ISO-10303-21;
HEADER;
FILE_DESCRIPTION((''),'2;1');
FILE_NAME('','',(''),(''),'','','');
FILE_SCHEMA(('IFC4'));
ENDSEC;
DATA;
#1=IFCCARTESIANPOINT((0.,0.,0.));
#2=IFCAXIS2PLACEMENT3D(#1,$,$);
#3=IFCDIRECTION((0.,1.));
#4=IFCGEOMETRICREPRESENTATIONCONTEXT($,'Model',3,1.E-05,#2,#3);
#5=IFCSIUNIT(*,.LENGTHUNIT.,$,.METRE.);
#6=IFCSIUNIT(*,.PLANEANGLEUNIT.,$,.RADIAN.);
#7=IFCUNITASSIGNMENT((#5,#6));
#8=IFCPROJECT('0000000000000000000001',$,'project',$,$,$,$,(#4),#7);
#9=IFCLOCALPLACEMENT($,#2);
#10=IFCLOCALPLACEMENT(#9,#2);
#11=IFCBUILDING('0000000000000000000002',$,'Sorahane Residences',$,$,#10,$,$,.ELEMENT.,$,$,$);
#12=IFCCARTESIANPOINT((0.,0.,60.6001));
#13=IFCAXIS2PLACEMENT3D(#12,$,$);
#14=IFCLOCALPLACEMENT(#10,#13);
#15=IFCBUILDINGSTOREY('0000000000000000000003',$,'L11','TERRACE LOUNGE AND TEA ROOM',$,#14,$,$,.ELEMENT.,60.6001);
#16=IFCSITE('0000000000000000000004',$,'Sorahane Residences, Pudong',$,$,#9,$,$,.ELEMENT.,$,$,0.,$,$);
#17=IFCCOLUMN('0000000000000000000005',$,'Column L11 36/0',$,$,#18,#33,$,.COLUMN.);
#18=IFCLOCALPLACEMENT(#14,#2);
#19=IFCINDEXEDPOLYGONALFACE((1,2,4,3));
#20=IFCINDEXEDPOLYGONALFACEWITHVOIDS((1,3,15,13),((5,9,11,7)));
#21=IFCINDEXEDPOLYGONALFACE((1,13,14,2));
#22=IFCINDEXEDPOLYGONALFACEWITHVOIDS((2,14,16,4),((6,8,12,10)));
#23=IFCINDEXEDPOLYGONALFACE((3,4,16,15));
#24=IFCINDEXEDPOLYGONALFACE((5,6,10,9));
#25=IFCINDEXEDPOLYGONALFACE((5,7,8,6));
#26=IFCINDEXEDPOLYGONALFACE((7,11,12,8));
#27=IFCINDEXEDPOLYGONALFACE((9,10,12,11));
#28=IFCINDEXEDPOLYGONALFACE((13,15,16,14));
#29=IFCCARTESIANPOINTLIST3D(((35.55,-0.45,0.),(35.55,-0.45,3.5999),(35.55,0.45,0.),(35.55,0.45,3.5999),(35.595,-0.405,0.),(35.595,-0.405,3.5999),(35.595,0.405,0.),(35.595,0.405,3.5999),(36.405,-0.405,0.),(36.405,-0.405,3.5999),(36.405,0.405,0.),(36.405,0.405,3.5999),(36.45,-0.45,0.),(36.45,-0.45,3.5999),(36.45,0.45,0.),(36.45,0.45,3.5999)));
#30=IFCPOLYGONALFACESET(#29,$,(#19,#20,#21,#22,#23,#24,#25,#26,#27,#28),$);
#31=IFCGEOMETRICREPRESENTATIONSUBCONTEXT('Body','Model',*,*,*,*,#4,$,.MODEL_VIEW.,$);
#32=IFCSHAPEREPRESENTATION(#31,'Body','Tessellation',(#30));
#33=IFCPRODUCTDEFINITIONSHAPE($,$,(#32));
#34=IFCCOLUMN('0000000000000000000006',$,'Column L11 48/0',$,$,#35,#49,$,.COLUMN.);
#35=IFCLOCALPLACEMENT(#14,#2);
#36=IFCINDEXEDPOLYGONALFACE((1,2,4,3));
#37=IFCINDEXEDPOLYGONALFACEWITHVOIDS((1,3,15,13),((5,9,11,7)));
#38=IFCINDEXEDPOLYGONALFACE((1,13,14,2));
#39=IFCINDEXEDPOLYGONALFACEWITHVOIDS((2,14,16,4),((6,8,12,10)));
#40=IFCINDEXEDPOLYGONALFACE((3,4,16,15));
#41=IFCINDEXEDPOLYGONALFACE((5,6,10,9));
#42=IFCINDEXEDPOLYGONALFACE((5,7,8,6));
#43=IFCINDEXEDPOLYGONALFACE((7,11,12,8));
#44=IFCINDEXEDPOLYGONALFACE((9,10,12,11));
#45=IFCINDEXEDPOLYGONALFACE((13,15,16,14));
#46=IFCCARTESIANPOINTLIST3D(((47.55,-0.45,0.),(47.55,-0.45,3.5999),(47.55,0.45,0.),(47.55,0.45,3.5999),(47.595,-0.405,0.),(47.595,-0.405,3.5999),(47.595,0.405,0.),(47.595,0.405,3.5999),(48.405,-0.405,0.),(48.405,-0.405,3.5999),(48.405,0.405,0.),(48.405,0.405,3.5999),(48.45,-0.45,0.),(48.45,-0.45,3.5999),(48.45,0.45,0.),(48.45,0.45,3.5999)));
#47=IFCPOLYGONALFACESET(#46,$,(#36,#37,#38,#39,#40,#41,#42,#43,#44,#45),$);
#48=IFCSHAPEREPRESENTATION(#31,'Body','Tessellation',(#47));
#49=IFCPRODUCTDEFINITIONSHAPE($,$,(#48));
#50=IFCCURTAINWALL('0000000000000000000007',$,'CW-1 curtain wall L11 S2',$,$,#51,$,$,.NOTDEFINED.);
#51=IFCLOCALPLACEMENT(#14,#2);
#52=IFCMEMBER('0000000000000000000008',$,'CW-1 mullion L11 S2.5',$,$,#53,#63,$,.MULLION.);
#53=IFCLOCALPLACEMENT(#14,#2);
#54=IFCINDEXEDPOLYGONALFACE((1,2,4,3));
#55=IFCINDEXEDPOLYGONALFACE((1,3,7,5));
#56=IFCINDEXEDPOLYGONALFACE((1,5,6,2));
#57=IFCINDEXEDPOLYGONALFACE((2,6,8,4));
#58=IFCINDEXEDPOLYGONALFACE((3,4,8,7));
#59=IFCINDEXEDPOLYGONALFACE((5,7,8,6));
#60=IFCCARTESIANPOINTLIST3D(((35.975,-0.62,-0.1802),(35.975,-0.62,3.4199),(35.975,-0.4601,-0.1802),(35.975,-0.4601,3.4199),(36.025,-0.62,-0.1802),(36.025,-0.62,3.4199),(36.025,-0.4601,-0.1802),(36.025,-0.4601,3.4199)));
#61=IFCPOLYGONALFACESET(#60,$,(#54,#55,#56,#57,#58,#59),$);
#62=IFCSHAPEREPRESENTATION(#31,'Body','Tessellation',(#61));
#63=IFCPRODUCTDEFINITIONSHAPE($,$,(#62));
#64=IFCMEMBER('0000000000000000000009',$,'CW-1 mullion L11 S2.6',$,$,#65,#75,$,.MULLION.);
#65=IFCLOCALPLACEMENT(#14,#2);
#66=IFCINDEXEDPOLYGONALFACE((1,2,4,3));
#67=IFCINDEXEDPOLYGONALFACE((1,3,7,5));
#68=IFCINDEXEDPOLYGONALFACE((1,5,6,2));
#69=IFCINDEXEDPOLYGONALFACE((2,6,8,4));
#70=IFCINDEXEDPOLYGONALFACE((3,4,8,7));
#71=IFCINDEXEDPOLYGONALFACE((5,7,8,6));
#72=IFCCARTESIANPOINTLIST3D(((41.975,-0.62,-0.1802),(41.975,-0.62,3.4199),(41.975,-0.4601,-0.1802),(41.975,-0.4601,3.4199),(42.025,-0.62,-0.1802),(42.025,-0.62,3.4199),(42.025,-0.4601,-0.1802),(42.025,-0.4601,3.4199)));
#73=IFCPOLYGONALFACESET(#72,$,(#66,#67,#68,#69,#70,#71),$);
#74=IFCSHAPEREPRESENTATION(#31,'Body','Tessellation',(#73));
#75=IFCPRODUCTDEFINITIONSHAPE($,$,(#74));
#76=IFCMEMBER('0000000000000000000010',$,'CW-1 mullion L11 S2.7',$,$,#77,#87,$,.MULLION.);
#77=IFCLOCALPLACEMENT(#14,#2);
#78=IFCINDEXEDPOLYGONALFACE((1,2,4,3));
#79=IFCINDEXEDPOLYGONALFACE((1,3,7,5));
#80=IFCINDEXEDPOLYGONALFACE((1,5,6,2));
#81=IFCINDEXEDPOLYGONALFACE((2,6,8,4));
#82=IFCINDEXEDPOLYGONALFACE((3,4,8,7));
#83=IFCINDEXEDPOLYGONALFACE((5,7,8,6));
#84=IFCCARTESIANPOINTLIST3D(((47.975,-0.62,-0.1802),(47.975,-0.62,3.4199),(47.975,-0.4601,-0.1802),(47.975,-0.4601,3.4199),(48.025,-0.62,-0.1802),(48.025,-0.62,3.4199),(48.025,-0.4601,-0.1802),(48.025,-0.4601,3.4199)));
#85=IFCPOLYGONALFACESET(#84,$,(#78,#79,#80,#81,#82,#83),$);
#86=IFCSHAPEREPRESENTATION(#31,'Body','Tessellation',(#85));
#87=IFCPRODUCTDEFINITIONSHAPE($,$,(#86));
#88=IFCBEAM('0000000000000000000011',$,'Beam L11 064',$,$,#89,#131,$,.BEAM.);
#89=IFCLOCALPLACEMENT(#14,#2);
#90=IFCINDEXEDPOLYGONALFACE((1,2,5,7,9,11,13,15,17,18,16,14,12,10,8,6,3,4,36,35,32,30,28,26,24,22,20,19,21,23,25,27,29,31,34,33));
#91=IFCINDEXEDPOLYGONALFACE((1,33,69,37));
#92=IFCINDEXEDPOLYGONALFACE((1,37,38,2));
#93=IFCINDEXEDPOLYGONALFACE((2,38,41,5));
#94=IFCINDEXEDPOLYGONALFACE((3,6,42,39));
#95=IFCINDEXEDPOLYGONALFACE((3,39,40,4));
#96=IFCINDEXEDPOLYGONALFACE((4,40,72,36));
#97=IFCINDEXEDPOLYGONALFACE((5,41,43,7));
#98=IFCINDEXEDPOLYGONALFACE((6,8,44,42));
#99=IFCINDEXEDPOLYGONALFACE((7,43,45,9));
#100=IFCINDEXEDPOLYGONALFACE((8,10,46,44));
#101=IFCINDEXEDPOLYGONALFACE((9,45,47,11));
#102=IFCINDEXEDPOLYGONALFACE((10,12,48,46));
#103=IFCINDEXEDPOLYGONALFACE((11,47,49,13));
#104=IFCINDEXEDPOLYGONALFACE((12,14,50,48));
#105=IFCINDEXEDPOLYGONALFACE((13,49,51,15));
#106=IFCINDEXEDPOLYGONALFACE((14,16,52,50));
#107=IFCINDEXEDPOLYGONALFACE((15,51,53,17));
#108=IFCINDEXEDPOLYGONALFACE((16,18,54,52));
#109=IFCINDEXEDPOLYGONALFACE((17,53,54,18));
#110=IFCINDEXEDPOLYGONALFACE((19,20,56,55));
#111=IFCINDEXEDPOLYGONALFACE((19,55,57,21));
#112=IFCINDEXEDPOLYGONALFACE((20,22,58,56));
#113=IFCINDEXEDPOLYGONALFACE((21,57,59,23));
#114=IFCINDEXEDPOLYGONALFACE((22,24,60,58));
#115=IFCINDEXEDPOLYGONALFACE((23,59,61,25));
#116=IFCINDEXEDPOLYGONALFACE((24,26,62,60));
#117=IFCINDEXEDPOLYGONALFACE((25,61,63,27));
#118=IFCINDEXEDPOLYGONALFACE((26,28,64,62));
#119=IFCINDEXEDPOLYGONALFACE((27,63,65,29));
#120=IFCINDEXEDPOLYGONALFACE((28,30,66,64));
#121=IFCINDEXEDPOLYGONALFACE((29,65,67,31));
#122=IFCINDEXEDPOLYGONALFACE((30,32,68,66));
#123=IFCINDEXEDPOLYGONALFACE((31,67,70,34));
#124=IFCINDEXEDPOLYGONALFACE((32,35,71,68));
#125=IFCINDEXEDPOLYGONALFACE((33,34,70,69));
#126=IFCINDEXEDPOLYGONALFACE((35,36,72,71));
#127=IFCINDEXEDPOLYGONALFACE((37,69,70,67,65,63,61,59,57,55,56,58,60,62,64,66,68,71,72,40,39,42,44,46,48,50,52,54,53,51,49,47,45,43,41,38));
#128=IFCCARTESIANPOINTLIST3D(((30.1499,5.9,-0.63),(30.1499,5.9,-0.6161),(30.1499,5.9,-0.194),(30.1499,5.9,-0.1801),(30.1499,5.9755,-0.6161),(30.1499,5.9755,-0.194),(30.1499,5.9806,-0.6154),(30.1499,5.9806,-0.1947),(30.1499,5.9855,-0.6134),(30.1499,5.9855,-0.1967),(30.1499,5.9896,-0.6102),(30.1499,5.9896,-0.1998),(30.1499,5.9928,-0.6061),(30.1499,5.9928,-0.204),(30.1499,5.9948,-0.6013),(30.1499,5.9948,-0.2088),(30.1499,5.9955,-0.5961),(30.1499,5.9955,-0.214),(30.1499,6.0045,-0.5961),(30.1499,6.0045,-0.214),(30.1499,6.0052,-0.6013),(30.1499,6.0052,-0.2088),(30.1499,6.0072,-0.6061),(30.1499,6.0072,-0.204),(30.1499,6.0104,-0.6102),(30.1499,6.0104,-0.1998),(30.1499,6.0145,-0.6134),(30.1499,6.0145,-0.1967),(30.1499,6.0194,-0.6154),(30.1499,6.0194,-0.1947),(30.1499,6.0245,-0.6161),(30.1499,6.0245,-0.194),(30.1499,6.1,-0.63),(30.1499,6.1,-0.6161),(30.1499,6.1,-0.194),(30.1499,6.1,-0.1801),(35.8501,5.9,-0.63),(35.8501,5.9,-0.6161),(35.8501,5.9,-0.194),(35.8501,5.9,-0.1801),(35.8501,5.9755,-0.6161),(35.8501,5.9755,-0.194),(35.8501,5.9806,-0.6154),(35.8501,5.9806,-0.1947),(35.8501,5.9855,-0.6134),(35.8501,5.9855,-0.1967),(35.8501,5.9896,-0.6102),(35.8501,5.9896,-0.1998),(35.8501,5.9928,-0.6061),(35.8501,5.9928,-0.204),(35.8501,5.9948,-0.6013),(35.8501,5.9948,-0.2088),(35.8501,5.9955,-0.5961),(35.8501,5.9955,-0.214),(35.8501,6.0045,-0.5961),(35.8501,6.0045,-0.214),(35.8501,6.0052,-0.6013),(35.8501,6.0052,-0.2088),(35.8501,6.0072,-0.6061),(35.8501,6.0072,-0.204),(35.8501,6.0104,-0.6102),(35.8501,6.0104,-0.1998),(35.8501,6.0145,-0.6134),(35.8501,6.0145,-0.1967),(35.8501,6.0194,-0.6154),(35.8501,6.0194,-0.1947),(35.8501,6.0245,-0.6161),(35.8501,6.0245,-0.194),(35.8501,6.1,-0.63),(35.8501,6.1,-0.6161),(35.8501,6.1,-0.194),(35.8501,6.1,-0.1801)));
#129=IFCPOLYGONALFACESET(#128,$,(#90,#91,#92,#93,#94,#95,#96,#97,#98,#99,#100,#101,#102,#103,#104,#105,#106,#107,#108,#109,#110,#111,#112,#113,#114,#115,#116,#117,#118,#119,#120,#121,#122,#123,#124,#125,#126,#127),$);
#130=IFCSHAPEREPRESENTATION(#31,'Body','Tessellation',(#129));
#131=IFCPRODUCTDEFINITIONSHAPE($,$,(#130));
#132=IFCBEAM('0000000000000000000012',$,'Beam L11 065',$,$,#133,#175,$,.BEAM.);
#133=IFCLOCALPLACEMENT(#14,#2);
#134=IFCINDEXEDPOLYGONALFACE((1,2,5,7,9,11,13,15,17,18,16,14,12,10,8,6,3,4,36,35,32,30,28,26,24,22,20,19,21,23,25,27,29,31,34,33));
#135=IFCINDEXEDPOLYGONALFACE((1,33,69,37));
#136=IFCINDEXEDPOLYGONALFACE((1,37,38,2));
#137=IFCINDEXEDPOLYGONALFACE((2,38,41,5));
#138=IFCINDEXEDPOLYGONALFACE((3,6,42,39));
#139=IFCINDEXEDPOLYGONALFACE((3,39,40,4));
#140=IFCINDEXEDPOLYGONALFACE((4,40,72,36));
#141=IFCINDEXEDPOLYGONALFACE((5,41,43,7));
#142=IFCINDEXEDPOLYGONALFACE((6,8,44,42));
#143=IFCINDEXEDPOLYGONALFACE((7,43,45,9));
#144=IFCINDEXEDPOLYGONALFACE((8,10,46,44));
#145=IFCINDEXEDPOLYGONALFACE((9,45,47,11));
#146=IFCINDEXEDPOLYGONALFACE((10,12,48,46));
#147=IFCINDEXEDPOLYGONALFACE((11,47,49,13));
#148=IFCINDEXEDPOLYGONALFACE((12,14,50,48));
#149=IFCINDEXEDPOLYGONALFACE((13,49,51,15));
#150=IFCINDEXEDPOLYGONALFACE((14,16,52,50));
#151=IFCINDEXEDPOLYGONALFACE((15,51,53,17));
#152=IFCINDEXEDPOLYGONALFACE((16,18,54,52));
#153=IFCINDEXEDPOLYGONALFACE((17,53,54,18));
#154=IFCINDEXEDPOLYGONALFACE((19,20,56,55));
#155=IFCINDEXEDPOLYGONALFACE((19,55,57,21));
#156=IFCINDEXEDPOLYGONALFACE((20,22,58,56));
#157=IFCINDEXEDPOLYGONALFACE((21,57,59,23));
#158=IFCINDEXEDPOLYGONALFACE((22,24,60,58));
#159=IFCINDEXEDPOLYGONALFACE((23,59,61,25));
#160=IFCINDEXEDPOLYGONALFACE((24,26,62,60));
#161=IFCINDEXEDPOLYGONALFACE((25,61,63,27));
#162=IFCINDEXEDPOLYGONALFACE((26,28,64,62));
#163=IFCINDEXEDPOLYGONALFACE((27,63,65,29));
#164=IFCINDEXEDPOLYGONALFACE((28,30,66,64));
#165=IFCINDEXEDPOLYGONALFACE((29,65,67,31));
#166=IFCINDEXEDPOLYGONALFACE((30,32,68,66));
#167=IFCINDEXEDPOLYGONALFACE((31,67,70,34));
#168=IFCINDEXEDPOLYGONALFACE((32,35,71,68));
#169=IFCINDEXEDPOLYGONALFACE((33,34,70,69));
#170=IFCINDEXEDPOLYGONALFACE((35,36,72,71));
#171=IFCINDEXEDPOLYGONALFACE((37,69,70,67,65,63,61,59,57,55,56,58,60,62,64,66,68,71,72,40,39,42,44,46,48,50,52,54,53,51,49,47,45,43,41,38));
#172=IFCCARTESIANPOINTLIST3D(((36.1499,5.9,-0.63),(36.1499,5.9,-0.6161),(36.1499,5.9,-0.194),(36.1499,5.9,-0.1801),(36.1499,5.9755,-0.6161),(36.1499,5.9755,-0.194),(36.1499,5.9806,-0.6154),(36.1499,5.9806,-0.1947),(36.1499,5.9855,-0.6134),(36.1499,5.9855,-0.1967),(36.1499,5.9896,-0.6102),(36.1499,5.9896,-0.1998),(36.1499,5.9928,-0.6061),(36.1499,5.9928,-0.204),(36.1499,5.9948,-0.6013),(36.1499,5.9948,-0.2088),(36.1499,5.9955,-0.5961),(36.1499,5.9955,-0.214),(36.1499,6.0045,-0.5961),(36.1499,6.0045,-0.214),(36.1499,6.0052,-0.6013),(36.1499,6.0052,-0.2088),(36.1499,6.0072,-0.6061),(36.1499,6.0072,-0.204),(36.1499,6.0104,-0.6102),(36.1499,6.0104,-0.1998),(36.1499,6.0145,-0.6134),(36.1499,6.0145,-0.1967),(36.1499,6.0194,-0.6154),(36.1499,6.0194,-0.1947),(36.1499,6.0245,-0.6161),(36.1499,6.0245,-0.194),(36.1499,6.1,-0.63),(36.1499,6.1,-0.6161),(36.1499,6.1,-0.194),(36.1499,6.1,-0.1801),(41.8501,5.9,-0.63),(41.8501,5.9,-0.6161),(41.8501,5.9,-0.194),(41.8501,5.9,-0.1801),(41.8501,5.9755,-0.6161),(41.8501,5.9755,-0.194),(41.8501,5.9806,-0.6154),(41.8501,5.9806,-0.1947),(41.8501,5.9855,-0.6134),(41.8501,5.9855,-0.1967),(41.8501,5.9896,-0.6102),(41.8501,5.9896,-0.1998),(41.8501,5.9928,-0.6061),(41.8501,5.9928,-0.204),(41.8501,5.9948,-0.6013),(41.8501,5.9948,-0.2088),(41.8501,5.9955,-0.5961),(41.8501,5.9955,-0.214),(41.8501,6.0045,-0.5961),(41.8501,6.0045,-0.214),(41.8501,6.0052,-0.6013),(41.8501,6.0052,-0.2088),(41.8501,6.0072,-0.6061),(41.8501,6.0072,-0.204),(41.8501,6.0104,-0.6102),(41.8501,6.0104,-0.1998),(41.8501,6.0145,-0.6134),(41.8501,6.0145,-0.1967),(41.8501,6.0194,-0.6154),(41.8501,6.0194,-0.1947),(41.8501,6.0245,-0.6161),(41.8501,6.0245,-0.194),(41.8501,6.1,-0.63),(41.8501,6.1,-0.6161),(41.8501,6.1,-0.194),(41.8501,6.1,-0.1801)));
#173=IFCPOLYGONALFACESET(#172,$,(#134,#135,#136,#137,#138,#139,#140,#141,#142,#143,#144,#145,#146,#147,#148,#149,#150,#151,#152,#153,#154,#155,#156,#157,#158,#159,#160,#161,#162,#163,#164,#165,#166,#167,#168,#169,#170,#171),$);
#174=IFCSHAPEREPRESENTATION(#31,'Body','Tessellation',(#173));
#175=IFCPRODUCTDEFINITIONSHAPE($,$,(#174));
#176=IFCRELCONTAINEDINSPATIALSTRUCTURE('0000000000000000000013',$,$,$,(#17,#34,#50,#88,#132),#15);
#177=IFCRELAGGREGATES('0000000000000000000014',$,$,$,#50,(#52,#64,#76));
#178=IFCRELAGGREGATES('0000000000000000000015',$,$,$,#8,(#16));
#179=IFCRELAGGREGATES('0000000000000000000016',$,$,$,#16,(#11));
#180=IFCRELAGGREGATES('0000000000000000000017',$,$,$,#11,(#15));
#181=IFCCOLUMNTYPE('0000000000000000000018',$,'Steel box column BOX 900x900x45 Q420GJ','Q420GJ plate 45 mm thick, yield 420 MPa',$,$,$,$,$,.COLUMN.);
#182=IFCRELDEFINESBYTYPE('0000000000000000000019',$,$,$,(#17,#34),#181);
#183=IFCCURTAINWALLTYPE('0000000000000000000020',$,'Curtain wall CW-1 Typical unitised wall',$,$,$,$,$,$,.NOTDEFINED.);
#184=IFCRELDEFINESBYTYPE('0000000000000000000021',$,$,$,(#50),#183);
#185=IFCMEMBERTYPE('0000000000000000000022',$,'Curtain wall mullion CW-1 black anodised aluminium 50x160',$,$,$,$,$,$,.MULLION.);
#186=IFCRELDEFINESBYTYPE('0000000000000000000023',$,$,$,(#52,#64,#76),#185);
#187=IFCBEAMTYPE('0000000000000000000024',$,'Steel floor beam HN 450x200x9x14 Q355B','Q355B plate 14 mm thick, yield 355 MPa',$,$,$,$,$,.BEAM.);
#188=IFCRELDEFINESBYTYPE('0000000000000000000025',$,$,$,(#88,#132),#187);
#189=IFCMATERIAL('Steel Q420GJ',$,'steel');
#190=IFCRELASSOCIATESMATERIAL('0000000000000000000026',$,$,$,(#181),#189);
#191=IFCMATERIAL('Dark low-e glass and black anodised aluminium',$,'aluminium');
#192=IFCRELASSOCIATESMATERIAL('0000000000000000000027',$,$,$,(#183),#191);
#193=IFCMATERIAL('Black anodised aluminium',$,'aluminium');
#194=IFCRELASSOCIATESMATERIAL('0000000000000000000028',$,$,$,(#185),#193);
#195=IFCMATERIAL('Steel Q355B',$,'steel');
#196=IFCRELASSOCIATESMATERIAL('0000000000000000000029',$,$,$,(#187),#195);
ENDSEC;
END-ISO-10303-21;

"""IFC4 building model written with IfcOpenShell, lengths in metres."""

from ifc_helpers import new_model, si_unit, direction, frame, origin, origin_2d, place, context, subcontext, project, spatial, rectangle, hollow_rectangle, i_section, extrude, material, material_profile, profile_set, type_object, element, aggregate, save


model = new_model("IFC4")

# Units and contexts
model_context = context("Model", 3, precision=1e-05, world=origin(), true_north=direction((0.0, 1.0)))
body_context = subcontext(model_context, "Body", "Model", "MODEL_VIEW")
ifc_project = project(units=[si_unit("LENGTHUNIT", "METRE"), si_unit("PLANEANGLEUNIT", "RADIAN")], contexts=[model_context])

# Site, building, storey
site_placement = place(None, origin())
site = spatial("IfcSite", under=ifc_project, at=site_placement, Name="Sorahane Residences, Pudong", CompositionType="ELEMENT", RefElevation=0.0)
building_placement = place(site_placement, origin())
building = spatial("IfcBuilding", under=site, at=building_placement, Name="Sorahane Residences", CompositionType="ELEMENT")
storey_placement = place(building_placement, frame((0.0, 0.0, 60.6001)))
storey = spatial("IfcBuildingStorey", under=building, at=storey_placement, Name="L11", Description="TERRACE LOUNGE AND TEA ROOM", CompositionType="ELEMENT", Elevation=60.6001)

# Columns
ifc_material_1 = material(Name="Steel Q420GJ", Category="steel")
ifc_material_profile_1 = material_profile(ifc_material_1, hollow_rectangle(XDim=0.8999, YDim=0.8999, WallThickness=0.0449, at=origin_2d()), Name="BOX 900x900x45")
ifc_profile_set_1 = profile_set([ifc_material_profile_1], Name="Steel Q420GJ")
column_type = type_object("IfcColumnType", Name="Steel box column BOX 900x900x45 Q420GJ", Description="Q420GJ plate 45 mm thick, yield 420 MPa", PredefinedType="COLUMN", material=ifc_profile_set_1)
for number, where, z_axis, x_axis, name in (
    (1, (36.0, 0.0, 0.0), (0.0, 0.0, 1.0), (1.0, 0.0, 0.0), "Column L11 36/0"),
    (2, (48.0, 0.0, 0.0), (0.0, 0.0, 1.0), (1.0, 0.0, 0.0), "Column L11 48/0"),
):
    element("IfcColumn", number, at=place(storey_placement, frame(where, z_axis=z_axis, x_axis=x_axis)), inside=storey, type_object=column_type, Name=name, PredefinedType="COLUMN", context=body_context, shape_type="SweptSolid", body=[
        extrude(hollow_rectangle(XDim=0.8999, YDim=0.8999, WallThickness=0.0449, at=origin_2d()), origin(), (0.0, 0.0, 1.0), 3.5999),
    ])

# Curtain wall, members
ifc_material_2 = material(Name="Dark low-e glass and black anodised aluminium", Category="aluminium")
curtain_wall_type = type_object("IfcCurtainWallType", Name="Curtain wall CW-1 Typical unitised wall", PredefinedType="NOTDEFINED", material=ifc_material_2)
curtain_wall_placement = place(storey_placement, origin())
curtain_wall = element("IfcCurtainWall", 3, at=curtain_wall_placement, inside=storey, type_object=curtain_wall_type, Name="CW-1 curtain wall L11 S2", PredefinedType="NOTDEFINED")
ifc_material_3 = material(Name="Black anodised aluminium", Category="aluminium")
ifc_material_profile_2 = material_profile(ifc_material_3, rectangle(XDim=0.1599, YDim=0.05, at=origin_2d()), Name="Curtain wall mullion CW-1 black anodised aluminium 50x160")
ifc_profile_set_2 = profile_set([ifc_material_profile_2], Name="Black anodised aluminium")
member_type = type_object("IfcMemberType", Name="Curtain wall mullion CW-1 black anodised aluminium 50x160", PredefinedType="MULLION", material=ifc_profile_set_2)
member_1_placement = place(storey_placement, frame((36.0, -0.54, -0.1802), z_axis=(0.0, 0.0, 1.0), x_axis=(0.0, -1.0, 0.0)))
member_1 = element("IfcMember", 4, at=member_1_placement, type_object=member_type, Name="CW-1 mullion L11 S2.5", PredefinedType="MULLION", context=body_context, shape_type="SweptSolid", body=[
    extrude(rectangle(XDim=0.1599, YDim=0.05, at=origin_2d()), origin(), (0.0, 0.0, 1.0), 3.6001),
])
member_2_placement = place(storey_placement, frame((42.0, -0.54, -0.1802), z_axis=(0.0, 0.0, 1.0), x_axis=(0.0, -1.0, 0.0)))
member_2 = element("IfcMember", 5, at=member_2_placement, type_object=member_type, Name="CW-1 mullion L11 S2.6", PredefinedType="MULLION", context=body_context, shape_type="SweptSolid", body=[
    extrude(rectangle(XDim=0.1599, YDim=0.05, at=origin_2d()), origin(), (0.0, 0.0, 1.0), 3.6001),
])
member_3_placement = place(storey_placement, frame((48.0, -0.54, -0.1802), z_axis=(0.0, 0.0, 1.0), x_axis=(0.0, -1.0, 0.0)))
member_3 = element("IfcMember", 6, at=member_3_placement, type_object=member_type, Name="CW-1 mullion L11 S2.7", PredefinedType="MULLION", context=body_context, shape_type="SweptSolid", body=[
    extrude(rectangle(XDim=0.1599, YDim=0.05, at=origin_2d()), origin(), (0.0, 0.0, 1.0), 3.6001),
])

# Beams
ifc_material_4 = material(Name="Steel Q355B", Category="steel")
ifc_material_profile_3 = material_profile(ifc_material_4, i_section(OverallWidth=0.2, OverallDepth=0.45, WebThickness=0.009, FlangeThickness=0.0139, FilletRadius=0.02, at=origin_2d()), Name="HN 450x200x9x14")
ifc_profile_set_3 = profile_set([ifc_material_profile_3], Name="Steel Q355B")
beam_type_1 = type_object("IfcBeamType", Name="Steel floor beam HN 450x200x9x14 Q355B", Description="Q355B plate 14 mm thick, yield 355 MPa", PredefinedType="BEAM", material=ifc_profile_set_3)
for number, where, z_axis, x_axis, name in (
    (7, (30.1499, 6.0, -0.405), (1.0, 0.0, 0.0), (0.0, 1.0, 0.0), "Beam L11 064"),
    (8, (36.1499, 6.0, -0.405), (1.0, 0.0, 0.0), (0.0, 1.0, 0.0), "Beam L11 065"),
):
    element("IfcBeam", number, at=place(storey_placement, frame(where, z_axis=z_axis, x_axis=x_axis)), inside=storey, type_object=beam_type_1, Name=name, PredefinedType="BEAM", context=body_context, shape_type="SweptSolid", body=[
        extrude(i_section(OverallWidth=0.2, OverallDepth=0.45, WebThickness=0.009, FlangeThickness=0.0139, FilletRadius=0.02, at=origin_2d()), origin(), (0.0, 0.0, 1.0), 5.7002),
    ])

aggregate(curtain_wall, [member_1, member_2, member_3])

save(model, "model.ifc")
